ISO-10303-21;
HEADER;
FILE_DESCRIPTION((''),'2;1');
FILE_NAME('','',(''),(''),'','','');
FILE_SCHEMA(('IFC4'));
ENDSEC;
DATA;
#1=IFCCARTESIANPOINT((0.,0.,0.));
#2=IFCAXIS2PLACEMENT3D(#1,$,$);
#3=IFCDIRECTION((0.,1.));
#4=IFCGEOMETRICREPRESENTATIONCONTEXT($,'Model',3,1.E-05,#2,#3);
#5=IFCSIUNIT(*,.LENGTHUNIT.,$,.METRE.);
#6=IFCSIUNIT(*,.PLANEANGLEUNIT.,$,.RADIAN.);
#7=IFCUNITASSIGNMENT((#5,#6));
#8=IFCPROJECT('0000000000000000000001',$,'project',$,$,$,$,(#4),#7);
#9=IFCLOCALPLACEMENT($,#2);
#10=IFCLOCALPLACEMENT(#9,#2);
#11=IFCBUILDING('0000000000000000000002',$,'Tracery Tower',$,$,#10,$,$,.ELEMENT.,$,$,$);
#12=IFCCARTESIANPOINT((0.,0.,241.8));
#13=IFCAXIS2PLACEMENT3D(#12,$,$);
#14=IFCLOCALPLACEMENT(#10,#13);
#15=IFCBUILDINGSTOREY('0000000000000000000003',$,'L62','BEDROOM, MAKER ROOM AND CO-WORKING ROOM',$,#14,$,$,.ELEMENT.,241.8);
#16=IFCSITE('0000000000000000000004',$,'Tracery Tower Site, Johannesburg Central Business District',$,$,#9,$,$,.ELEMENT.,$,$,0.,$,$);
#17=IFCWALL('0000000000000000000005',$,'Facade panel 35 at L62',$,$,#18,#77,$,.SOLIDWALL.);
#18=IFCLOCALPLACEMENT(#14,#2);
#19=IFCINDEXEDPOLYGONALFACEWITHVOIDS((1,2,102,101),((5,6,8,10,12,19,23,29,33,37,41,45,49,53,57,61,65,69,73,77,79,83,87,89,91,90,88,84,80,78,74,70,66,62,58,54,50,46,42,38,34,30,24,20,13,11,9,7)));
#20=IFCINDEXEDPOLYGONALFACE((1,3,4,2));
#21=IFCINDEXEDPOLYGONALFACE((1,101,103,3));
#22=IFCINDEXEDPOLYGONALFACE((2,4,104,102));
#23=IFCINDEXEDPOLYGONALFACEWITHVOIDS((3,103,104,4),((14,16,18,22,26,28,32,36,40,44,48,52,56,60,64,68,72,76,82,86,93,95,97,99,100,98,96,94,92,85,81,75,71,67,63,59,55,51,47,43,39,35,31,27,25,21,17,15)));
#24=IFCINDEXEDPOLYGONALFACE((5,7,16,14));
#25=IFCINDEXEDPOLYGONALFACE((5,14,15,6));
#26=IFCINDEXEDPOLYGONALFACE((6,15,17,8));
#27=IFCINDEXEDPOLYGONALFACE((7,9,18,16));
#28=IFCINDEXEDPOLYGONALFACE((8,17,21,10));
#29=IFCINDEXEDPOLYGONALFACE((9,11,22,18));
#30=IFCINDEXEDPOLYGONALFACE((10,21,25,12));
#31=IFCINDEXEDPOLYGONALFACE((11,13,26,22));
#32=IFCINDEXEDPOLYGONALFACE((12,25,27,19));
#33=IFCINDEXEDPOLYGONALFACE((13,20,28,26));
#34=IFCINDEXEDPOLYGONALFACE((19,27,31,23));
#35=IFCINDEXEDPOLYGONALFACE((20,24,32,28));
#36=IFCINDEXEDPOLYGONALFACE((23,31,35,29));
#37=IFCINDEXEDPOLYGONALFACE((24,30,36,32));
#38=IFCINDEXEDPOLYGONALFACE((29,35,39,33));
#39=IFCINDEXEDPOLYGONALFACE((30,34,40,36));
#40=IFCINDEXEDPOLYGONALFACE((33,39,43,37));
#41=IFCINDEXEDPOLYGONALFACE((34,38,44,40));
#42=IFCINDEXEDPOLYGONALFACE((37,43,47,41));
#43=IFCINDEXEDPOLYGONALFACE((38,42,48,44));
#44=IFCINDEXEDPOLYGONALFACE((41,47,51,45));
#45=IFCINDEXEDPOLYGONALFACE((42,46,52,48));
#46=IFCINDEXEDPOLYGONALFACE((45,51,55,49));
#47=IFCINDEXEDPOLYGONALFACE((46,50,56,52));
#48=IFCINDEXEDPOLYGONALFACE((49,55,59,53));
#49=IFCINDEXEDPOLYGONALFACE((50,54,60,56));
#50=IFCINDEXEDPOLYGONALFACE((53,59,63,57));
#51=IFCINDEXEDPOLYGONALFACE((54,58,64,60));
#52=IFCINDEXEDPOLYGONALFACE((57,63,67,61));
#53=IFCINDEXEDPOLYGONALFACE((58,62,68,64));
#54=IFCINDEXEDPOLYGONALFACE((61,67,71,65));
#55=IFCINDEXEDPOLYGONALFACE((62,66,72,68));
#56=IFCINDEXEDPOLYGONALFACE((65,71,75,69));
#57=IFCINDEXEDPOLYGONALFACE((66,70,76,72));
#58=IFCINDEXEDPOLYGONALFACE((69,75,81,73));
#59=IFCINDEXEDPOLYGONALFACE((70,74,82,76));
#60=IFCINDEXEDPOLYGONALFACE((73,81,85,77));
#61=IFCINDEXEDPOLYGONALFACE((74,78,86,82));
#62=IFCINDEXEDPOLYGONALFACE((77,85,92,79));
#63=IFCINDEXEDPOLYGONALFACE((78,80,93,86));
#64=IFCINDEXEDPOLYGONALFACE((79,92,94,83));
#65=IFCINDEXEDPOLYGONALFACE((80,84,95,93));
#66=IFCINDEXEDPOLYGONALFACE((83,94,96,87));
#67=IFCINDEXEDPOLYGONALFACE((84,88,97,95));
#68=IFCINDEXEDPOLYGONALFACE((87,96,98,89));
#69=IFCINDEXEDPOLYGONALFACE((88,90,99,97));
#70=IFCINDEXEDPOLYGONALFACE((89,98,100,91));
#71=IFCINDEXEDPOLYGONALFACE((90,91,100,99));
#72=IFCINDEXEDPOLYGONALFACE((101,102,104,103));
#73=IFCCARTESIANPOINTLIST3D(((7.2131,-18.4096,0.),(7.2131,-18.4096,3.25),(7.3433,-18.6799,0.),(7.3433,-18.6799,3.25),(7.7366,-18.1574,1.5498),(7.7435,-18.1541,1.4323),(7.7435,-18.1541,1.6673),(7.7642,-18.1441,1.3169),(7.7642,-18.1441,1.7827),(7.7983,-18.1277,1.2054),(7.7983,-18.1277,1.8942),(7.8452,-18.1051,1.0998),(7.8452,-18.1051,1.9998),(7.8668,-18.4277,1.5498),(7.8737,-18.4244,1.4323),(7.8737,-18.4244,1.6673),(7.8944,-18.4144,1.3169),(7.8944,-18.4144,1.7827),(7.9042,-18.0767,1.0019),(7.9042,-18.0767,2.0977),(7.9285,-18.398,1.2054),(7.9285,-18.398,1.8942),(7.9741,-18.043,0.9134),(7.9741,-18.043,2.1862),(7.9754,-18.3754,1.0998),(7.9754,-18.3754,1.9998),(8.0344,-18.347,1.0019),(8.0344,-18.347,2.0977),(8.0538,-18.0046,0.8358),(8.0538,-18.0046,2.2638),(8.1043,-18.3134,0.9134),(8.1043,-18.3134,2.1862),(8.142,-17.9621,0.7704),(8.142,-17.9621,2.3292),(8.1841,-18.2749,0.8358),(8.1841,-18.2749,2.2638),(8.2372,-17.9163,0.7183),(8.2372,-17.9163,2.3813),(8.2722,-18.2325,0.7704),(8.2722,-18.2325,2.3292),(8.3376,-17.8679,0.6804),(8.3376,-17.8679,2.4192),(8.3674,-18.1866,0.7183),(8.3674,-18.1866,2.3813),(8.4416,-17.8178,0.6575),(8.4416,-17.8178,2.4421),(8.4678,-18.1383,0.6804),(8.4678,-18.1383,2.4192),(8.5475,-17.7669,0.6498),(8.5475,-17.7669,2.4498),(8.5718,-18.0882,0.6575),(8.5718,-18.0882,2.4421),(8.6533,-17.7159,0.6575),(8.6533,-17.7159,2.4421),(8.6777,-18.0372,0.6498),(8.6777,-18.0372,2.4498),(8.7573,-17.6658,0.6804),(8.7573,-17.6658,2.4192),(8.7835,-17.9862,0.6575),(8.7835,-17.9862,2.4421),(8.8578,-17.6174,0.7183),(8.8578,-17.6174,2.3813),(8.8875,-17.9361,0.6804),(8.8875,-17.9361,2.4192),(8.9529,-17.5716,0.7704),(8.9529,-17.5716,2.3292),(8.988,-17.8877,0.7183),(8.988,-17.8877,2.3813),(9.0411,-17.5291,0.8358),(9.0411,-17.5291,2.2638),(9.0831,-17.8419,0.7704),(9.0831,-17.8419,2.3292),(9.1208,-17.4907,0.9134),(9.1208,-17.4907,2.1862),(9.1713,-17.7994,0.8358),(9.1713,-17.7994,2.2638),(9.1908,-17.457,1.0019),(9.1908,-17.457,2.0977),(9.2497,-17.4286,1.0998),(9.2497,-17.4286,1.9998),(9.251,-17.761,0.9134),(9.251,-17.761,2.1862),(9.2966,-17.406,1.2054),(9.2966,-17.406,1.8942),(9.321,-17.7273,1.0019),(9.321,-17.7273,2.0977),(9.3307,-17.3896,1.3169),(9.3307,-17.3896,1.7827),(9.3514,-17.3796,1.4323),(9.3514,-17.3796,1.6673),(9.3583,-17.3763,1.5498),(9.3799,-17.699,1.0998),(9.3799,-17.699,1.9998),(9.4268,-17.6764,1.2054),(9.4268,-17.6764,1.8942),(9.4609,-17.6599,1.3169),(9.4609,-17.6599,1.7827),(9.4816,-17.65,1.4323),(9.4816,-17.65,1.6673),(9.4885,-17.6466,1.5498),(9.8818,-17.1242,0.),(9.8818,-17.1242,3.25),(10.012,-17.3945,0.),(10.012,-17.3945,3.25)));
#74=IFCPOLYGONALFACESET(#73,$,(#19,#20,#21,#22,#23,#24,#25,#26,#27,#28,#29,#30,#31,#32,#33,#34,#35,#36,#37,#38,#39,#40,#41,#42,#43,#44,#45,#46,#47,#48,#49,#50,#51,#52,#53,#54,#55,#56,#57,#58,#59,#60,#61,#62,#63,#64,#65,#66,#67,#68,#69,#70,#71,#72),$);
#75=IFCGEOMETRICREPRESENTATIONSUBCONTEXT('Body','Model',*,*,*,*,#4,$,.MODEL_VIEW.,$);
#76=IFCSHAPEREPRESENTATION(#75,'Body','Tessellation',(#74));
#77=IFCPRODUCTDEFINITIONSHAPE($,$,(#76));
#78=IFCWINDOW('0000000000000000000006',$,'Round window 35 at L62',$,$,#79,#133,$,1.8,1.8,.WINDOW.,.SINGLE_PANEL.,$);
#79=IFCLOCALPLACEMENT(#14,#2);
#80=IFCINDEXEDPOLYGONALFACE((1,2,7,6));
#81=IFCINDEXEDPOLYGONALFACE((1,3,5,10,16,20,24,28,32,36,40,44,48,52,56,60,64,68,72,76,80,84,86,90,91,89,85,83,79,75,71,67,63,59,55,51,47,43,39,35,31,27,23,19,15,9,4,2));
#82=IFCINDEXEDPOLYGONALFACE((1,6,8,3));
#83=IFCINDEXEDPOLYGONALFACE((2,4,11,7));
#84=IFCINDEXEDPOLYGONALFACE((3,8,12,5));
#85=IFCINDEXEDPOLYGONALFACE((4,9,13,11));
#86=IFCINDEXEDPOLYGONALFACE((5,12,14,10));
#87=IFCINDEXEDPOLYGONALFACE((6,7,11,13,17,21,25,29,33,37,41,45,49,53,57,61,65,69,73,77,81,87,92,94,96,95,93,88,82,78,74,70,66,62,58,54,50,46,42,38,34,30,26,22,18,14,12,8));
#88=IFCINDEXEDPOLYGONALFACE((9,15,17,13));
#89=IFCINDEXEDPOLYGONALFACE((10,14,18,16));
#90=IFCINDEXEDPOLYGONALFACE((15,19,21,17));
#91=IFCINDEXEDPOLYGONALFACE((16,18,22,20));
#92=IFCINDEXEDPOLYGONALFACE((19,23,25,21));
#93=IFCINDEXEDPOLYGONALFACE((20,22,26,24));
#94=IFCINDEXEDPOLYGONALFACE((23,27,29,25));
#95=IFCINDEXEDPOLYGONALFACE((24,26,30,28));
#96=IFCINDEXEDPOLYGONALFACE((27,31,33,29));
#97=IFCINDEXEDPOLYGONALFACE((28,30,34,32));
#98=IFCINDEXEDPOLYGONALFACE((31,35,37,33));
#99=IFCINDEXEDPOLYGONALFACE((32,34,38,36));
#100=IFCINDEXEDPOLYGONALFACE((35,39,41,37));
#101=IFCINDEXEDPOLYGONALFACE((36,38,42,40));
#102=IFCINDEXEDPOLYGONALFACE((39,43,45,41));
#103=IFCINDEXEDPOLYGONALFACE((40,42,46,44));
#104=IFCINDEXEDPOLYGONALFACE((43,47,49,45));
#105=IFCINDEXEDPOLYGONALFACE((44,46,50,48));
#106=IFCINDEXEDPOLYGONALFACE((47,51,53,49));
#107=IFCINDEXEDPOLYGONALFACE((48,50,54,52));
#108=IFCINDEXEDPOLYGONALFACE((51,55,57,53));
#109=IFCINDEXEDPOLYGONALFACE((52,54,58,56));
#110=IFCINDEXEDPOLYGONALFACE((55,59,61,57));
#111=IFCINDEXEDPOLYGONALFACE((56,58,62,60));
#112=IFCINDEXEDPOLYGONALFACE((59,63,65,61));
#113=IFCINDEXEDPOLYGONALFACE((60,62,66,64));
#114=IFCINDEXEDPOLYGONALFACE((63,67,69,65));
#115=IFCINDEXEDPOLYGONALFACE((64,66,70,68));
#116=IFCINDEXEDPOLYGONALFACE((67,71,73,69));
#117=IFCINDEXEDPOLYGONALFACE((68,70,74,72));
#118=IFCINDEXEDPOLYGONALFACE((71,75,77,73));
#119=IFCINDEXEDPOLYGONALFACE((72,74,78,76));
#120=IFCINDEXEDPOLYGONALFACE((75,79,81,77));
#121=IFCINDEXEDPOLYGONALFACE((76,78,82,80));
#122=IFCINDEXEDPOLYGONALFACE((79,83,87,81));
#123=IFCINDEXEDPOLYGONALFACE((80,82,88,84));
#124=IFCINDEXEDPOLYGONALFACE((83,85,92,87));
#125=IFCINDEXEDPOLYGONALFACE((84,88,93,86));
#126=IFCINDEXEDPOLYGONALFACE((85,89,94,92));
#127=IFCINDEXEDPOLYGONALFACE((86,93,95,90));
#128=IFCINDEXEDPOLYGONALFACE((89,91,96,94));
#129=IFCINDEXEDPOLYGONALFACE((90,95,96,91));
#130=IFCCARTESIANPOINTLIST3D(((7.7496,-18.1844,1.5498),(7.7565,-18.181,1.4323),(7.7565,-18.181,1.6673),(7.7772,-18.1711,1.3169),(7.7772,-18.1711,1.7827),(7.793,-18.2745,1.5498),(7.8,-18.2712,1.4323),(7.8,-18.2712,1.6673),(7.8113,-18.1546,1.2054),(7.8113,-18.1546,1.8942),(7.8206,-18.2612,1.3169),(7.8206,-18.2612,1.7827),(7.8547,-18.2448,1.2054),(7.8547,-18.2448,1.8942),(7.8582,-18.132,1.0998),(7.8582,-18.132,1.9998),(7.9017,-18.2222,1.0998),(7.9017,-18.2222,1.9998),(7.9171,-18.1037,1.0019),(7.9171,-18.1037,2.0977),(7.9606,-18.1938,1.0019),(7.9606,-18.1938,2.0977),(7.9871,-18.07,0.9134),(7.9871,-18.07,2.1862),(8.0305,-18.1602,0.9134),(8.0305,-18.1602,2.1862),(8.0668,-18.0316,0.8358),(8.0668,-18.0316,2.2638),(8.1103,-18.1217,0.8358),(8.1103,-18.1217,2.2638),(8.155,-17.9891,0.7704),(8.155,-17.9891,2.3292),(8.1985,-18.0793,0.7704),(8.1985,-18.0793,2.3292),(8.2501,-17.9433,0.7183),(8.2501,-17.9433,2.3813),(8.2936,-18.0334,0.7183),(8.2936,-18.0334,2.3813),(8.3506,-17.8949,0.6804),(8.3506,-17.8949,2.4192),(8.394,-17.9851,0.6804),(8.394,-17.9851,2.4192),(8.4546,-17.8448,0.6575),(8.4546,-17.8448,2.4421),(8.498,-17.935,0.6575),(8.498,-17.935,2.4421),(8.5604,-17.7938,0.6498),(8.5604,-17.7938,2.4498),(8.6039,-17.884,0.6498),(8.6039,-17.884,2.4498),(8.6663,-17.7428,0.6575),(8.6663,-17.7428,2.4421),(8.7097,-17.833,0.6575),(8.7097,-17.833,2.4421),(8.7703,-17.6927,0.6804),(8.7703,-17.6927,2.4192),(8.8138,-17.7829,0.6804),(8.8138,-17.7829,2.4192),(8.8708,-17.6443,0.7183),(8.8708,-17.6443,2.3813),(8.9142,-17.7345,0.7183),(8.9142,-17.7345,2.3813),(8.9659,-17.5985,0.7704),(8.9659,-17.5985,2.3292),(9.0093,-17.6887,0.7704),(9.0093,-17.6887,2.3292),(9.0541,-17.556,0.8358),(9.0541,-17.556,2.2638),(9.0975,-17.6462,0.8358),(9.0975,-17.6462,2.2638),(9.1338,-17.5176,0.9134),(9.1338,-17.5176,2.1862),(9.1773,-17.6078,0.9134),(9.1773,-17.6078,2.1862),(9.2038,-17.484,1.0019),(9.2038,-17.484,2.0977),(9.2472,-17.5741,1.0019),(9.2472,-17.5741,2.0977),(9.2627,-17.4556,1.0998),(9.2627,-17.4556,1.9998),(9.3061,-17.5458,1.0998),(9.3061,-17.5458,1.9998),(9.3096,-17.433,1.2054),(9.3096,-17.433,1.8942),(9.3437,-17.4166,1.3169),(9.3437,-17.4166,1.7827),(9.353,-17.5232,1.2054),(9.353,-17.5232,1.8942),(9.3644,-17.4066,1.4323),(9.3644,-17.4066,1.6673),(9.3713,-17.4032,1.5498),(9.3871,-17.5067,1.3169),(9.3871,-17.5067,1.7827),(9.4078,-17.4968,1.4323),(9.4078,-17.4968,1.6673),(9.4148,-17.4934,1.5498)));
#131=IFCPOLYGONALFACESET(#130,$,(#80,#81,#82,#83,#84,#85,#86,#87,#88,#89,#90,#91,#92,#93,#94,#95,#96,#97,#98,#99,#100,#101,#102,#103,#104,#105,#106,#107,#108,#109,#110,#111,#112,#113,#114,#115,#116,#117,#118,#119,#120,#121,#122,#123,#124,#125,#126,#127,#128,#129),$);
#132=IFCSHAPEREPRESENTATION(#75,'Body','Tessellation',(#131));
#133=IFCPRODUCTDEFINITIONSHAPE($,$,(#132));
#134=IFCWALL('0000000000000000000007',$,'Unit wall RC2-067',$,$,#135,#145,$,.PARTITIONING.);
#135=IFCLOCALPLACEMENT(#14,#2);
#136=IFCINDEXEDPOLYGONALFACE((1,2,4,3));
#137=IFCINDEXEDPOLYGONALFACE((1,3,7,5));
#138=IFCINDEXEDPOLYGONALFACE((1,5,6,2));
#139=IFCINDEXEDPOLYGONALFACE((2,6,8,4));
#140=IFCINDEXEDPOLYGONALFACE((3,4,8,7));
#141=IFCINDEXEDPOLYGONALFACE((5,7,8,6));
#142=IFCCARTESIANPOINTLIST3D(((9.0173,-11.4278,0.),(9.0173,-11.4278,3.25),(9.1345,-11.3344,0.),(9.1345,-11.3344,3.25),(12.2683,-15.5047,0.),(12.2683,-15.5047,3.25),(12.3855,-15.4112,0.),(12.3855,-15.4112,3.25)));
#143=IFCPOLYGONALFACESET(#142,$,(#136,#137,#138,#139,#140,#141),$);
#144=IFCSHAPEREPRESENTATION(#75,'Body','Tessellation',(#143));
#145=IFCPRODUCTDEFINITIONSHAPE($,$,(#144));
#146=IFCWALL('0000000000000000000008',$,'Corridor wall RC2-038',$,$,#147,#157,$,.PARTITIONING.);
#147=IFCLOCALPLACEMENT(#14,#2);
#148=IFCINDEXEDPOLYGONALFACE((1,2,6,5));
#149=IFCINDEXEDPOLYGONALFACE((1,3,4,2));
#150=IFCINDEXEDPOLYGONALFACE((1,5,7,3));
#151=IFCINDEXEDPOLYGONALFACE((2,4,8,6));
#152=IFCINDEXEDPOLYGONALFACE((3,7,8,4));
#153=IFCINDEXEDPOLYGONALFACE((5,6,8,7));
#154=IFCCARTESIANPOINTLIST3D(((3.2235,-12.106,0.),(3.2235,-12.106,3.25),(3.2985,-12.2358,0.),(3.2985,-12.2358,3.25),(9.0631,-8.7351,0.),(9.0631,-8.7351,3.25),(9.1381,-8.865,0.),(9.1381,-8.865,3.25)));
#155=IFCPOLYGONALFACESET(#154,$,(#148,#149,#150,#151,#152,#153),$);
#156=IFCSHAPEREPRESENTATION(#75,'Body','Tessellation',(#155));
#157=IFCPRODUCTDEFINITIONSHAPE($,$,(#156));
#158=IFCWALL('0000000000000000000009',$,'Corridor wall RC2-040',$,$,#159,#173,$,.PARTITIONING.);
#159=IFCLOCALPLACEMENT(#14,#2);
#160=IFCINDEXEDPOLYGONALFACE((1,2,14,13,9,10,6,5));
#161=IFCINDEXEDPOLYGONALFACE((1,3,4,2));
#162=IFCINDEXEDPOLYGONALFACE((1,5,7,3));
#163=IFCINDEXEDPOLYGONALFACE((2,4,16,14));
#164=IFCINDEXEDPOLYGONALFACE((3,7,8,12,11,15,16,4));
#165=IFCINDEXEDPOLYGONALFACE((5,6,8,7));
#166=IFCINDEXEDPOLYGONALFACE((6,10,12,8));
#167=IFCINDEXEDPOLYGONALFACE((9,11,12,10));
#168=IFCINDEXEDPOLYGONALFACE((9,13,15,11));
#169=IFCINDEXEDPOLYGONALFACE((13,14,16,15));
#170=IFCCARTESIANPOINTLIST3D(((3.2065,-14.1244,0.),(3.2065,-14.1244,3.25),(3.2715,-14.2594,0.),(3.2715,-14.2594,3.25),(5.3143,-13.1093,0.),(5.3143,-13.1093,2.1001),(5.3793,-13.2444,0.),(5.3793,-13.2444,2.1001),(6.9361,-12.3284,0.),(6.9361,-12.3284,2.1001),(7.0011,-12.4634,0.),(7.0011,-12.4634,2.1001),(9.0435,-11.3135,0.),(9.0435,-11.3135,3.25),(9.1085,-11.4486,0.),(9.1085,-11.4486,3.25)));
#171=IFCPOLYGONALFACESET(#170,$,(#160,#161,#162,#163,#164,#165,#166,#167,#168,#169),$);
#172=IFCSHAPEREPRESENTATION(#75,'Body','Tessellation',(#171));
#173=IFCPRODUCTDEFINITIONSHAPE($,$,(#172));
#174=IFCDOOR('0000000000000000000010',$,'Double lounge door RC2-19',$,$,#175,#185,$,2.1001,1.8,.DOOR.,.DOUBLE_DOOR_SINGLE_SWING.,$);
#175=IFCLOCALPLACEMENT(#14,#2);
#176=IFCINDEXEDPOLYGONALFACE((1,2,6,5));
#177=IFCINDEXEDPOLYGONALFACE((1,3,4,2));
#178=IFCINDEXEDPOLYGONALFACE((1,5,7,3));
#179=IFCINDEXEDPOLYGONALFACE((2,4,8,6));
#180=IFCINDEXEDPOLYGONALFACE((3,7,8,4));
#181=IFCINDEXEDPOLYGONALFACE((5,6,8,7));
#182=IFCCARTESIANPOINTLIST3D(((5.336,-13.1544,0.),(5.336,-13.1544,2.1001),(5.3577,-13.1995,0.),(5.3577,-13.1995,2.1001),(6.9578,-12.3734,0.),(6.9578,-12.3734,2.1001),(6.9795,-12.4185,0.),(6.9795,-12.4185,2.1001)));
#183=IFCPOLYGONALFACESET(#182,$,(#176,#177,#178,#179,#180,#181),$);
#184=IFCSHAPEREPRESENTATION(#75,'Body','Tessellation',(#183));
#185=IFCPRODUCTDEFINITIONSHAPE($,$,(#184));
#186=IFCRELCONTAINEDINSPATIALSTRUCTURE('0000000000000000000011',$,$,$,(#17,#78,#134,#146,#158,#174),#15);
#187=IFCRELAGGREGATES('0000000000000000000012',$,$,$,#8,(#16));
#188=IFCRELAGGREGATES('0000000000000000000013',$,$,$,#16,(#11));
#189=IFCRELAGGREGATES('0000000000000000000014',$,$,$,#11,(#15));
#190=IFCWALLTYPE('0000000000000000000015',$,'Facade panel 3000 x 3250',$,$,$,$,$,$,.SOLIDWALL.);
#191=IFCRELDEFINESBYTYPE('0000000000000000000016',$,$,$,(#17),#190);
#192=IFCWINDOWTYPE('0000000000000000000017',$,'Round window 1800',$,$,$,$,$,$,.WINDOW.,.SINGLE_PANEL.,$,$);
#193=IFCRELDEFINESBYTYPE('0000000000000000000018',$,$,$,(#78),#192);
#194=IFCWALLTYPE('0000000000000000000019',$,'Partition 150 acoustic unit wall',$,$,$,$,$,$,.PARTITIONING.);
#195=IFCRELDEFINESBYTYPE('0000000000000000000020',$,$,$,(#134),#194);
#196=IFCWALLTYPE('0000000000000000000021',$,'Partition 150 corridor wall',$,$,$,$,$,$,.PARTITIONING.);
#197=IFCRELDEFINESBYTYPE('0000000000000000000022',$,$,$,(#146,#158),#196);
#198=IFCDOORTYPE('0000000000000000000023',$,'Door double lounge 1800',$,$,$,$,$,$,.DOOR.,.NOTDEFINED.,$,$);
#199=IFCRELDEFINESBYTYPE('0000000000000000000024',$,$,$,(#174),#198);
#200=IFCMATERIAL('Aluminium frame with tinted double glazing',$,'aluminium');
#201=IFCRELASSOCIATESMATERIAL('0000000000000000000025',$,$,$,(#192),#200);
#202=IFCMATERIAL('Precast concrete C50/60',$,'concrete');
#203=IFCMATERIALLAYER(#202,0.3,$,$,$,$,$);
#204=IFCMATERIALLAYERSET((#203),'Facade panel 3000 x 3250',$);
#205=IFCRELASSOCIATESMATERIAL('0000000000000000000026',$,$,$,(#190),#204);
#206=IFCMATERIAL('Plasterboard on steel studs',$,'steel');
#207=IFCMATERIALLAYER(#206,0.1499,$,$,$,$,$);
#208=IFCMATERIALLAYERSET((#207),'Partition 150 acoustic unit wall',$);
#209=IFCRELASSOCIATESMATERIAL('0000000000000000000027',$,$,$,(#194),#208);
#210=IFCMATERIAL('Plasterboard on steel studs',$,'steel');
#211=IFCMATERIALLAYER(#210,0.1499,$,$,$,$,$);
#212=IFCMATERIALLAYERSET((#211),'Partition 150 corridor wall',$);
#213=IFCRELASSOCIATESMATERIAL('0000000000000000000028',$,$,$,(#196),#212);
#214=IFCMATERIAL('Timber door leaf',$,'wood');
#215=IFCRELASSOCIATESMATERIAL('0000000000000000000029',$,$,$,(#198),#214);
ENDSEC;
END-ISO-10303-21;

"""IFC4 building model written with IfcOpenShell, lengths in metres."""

from ifc_helpers import new_model, si_unit, direction, frame, frame_2d, origin, origin_2d, place, context, subcontext, project, spatial, rectangle, circle, extrude, material, layer, layer_set, type_object, element, fill, save


model = new_model("IFC4")

# Units and contexts
model_context = context("Model", 3, precision=1e-05, world=origin(), true_north=direction((0.0, 1.0)))
body_context = subcontext(model_context, "Body", "Model", "MODEL_VIEW")
ifc_project = project(units=[si_unit("LENGTHUNIT", "METRE"), si_unit("PLANEANGLEUNIT", "RADIAN")], contexts=[model_context])

# Site, building, storey
site_placement = place(None, origin())
site = spatial("IfcSite", under=ifc_project, at=site_placement, Name="Tracery Tower Site, Johannesburg Central Business District", CompositionType="ELEMENT", RefElevation=0.0)
building_placement = place(site_placement, origin())
building = spatial("IfcBuilding", under=site, at=building_placement, Name="Tracery Tower", CompositionType="ELEMENT")
storey_placement = place(building_placement, frame((0.0, 0.0, 241.8)))
storey = spatial("IfcBuildingStorey", under=building, at=storey_placement, Name="L62", Description="BEDROOM, MAKER ROOM AND CO-WORKING ROOM", CompositionType="ELEMENT", Elevation=241.8)

# Wall, opening, window
ifc_material_1 = material(Name="Aluminium frame with tinted double glazing", Category="aluminium")
window_type = type_object("IfcWindowType", Name="Round window 1800", PartitioningType="SINGLE_PANEL", PredefinedType="WINDOW", material=ifc_material_1)
ifc_material_2 = material(Name="Precast concrete C50/60", Category="concrete")
ifc_layer_1 = layer(ifc_material_2, 0.3)
ifc_layer_set_1 = layer_set([ifc_layer_1], Name="Facade panel 3000 x 3250")
wall_type_1 = type_object("IfcWallType", Name="Facade panel 3000 x 3250", PredefinedType="SOLIDWALL", material=ifc_layer_set_1)
wall_1_placement = place(storey_placement, frame((7.2783, -18.5447, 0.0), z_axis=(0.0, 0.0, 1.0), x_axis=(0.90094, 0.433944, 0.0)))
wall_1 = element("IfcWall", 1, at=wall_1_placement, inside=storey, type_object=wall_type_1, Name="Facade panel 35 at L62", PredefinedType="SOLIDWALL", context=body_context, shape_type="SweptSolid", body=[
    extrude(rectangle(XDim=2.9622, YDim=0.3, at=frame_2d((1.481, 0.0))), origin(), (0.0, 0.0, 1.0), 3.25),
])
opening_1_placement = place(wall_1_placement, frame((1.481, 0.0, 1.5498)))
opening_1 = element("IfcOpeningElement", 2, at=opening_1_placement, cuts=wall_1, PredefinedType="OPENING", context=body_context, shape_type="SweptSolid", body=[
    extrude(circle(Radius=0.9, at=origin_2d()), frame((0.0, 0.1599, 0.0), z_axis=(0.0, -1.0, 0.0), x_axis=(1.0, 0.0, 0.0)), (0.0, 0.0, 1.0), 0.3201),
])
window_1_placement = place(opening_1_placement, origin())
window_1 = element("IfcWindow", 3, at=window_1_placement, inside=storey, type_object=window_type, Name="Round window 35 at L62", OverallHeight=1.8, OverallWidth=1.8, PartitioningType="SINGLE_PANEL", PredefinedType="WINDOW", context=body_context, shape_type="SweptSolid", body=[
    extrude(circle(Radius=0.9, at=origin_2d()), frame((0.0, 0.1201, 0.0), z_axis=(0.0, -1.0, 0.0), x_axis=(1.0, 0.0, 0.0)), (0.0, 0.0, 1.0), 0.1001),
])
fill(opening_1, window_1)

# Walls
ifc_material_3 = material(Name="Plasterboard on steel studs", Category="steel")
ifc_layer_2 = layer(ifc_material_3, 0.1499)
ifc_layer_set_2 = layer_set([ifc_layer_2], Name="Partition 150 acoustic unit wall")
wall_type_2 = type_object("IfcWallType", Name="Partition 150 acoustic unit wall", PredefinedType="PARTITIONING", material=ifc_layer_set_2)
wall_2_placement = place(storey_placement, frame((9.0759, -11.3811, 0.0), z_axis=(0.0, 0.0, 1.0), x_axis=(0.623461, -0.781854, 0.0)))
element("IfcWall", 4, at=wall_2_placement, inside=storey, type_object=wall_type_2, Name="Unit wall RC2-067", PredefinedType="PARTITIONING", context=body_context, shape_type="SweptSolid", body=[
    extrude(rectangle(XDim=5.2144, YDim=0.1499, at=frame_2d((2.6072, 0.0))), origin(), (0.0, 0.0, 1.0), 3.25),
])
ifc_material_4 = material(Name="Plasterboard on steel studs", Category="steel")
ifc_layer_3 = layer(ifc_material_4, 0.1499)
ifc_layer_set_3 = layer_set([ifc_layer_3], Name="Partition 150 corridor wall")
wall_type_3 = type_object("IfcWallType", Name="Partition 150 corridor wall", PredefinedType="PARTITIONING", material=ifc_layer_set_3)
wall_3_placement = place(storey_placement, frame((3.261, -12.1709, 0.0), z_axis=(0.0, 0.0, 1.0), x_axis=(0.866067, 0.499928, 0.0)))
element("IfcWall", 5, at=wall_3_placement, inside=storey, type_object=wall_type_3, Name="Corridor wall RC2-038", PredefinedType="PARTITIONING", context=body_context, shape_type="SweptSolid", body=[
    extrude(rectangle(XDim=6.7427, YDim=0.1499, at=frame_2d((3.3713, 0.0))), origin(), (0.0, 0.0, 1.0), 3.25),
])

# Wall, opening, door
wall_4_placement = place(storey_placement, frame((3.239, -14.1919, 0.0), z_axis=(0.0, 0.0, 1.0), x_axis=(0.900976, 0.433869, 0.0)))
wall_4 = element("IfcWall", 6, at=wall_4_placement, inside=storey, type_object=wall_type_3, Name="Corridor wall RC2-040", PredefinedType="PARTITIONING", context=body_context, shape_type="SweptSolid", body=[
    extrude(rectangle(XDim=6.4785, YDim=0.1499, at=frame_2d((3.2393, 0.0))), origin(), (0.0, 0.0, 1.0), 3.25),
])
opening_2_placement = place(wall_4_placement, frame((2.3396, 0.0, 0.0)))
opening_2 = element("IfcOpeningElement", 7, at=opening_2_placement, cuts=wall_4, PredefinedType="OPENING", context=body_context, shape_type="SweptSolid", body=[
    extrude(rectangle(XDim=1.8, YDim=2.1001, at=frame_2d((0.8999, 1.05))), frame((0.0, 0.075, 0.0), z_axis=(0.0, -1.0, 0.0), x_axis=(1.0, 0.0, 0.0)), (0.0, 0.0, 1.0), 0.1499),
])
ifc_material_5 = material(Name="Timber door leaf", Category="wood")
door_type = type_object("IfcDoorType", Name="Door double lounge 1800", OperationType="NOTDEFINED", PredefinedType="DOOR", material=ifc_material_5)
door_placement = place(opening_2_placement, origin())
door = element("IfcDoor", 8, at=door_placement, inside=storey, type_object=door_type, Name="Double lounge door RC2-19", OperationType="DOUBLE_DOOR_SINGLE_SWING", OverallHeight=2.1001, OverallWidth=1.8, PredefinedType="DOOR", context=body_context, shape_type="SweptSolid", body=[
    extrude(rectangle(XDim=1.8, YDim=2.1001, at=frame_2d((0.8999, 1.05))), frame((0.0, 0.0249, 0.0), z_axis=(0.0, -1.0, 0.0), x_axis=(1.0, 0.0, 0.0)), (0.0, 0.0, 1.0), 0.05),
])
fill(opening_2, door)

save(model, "model.ifc")
